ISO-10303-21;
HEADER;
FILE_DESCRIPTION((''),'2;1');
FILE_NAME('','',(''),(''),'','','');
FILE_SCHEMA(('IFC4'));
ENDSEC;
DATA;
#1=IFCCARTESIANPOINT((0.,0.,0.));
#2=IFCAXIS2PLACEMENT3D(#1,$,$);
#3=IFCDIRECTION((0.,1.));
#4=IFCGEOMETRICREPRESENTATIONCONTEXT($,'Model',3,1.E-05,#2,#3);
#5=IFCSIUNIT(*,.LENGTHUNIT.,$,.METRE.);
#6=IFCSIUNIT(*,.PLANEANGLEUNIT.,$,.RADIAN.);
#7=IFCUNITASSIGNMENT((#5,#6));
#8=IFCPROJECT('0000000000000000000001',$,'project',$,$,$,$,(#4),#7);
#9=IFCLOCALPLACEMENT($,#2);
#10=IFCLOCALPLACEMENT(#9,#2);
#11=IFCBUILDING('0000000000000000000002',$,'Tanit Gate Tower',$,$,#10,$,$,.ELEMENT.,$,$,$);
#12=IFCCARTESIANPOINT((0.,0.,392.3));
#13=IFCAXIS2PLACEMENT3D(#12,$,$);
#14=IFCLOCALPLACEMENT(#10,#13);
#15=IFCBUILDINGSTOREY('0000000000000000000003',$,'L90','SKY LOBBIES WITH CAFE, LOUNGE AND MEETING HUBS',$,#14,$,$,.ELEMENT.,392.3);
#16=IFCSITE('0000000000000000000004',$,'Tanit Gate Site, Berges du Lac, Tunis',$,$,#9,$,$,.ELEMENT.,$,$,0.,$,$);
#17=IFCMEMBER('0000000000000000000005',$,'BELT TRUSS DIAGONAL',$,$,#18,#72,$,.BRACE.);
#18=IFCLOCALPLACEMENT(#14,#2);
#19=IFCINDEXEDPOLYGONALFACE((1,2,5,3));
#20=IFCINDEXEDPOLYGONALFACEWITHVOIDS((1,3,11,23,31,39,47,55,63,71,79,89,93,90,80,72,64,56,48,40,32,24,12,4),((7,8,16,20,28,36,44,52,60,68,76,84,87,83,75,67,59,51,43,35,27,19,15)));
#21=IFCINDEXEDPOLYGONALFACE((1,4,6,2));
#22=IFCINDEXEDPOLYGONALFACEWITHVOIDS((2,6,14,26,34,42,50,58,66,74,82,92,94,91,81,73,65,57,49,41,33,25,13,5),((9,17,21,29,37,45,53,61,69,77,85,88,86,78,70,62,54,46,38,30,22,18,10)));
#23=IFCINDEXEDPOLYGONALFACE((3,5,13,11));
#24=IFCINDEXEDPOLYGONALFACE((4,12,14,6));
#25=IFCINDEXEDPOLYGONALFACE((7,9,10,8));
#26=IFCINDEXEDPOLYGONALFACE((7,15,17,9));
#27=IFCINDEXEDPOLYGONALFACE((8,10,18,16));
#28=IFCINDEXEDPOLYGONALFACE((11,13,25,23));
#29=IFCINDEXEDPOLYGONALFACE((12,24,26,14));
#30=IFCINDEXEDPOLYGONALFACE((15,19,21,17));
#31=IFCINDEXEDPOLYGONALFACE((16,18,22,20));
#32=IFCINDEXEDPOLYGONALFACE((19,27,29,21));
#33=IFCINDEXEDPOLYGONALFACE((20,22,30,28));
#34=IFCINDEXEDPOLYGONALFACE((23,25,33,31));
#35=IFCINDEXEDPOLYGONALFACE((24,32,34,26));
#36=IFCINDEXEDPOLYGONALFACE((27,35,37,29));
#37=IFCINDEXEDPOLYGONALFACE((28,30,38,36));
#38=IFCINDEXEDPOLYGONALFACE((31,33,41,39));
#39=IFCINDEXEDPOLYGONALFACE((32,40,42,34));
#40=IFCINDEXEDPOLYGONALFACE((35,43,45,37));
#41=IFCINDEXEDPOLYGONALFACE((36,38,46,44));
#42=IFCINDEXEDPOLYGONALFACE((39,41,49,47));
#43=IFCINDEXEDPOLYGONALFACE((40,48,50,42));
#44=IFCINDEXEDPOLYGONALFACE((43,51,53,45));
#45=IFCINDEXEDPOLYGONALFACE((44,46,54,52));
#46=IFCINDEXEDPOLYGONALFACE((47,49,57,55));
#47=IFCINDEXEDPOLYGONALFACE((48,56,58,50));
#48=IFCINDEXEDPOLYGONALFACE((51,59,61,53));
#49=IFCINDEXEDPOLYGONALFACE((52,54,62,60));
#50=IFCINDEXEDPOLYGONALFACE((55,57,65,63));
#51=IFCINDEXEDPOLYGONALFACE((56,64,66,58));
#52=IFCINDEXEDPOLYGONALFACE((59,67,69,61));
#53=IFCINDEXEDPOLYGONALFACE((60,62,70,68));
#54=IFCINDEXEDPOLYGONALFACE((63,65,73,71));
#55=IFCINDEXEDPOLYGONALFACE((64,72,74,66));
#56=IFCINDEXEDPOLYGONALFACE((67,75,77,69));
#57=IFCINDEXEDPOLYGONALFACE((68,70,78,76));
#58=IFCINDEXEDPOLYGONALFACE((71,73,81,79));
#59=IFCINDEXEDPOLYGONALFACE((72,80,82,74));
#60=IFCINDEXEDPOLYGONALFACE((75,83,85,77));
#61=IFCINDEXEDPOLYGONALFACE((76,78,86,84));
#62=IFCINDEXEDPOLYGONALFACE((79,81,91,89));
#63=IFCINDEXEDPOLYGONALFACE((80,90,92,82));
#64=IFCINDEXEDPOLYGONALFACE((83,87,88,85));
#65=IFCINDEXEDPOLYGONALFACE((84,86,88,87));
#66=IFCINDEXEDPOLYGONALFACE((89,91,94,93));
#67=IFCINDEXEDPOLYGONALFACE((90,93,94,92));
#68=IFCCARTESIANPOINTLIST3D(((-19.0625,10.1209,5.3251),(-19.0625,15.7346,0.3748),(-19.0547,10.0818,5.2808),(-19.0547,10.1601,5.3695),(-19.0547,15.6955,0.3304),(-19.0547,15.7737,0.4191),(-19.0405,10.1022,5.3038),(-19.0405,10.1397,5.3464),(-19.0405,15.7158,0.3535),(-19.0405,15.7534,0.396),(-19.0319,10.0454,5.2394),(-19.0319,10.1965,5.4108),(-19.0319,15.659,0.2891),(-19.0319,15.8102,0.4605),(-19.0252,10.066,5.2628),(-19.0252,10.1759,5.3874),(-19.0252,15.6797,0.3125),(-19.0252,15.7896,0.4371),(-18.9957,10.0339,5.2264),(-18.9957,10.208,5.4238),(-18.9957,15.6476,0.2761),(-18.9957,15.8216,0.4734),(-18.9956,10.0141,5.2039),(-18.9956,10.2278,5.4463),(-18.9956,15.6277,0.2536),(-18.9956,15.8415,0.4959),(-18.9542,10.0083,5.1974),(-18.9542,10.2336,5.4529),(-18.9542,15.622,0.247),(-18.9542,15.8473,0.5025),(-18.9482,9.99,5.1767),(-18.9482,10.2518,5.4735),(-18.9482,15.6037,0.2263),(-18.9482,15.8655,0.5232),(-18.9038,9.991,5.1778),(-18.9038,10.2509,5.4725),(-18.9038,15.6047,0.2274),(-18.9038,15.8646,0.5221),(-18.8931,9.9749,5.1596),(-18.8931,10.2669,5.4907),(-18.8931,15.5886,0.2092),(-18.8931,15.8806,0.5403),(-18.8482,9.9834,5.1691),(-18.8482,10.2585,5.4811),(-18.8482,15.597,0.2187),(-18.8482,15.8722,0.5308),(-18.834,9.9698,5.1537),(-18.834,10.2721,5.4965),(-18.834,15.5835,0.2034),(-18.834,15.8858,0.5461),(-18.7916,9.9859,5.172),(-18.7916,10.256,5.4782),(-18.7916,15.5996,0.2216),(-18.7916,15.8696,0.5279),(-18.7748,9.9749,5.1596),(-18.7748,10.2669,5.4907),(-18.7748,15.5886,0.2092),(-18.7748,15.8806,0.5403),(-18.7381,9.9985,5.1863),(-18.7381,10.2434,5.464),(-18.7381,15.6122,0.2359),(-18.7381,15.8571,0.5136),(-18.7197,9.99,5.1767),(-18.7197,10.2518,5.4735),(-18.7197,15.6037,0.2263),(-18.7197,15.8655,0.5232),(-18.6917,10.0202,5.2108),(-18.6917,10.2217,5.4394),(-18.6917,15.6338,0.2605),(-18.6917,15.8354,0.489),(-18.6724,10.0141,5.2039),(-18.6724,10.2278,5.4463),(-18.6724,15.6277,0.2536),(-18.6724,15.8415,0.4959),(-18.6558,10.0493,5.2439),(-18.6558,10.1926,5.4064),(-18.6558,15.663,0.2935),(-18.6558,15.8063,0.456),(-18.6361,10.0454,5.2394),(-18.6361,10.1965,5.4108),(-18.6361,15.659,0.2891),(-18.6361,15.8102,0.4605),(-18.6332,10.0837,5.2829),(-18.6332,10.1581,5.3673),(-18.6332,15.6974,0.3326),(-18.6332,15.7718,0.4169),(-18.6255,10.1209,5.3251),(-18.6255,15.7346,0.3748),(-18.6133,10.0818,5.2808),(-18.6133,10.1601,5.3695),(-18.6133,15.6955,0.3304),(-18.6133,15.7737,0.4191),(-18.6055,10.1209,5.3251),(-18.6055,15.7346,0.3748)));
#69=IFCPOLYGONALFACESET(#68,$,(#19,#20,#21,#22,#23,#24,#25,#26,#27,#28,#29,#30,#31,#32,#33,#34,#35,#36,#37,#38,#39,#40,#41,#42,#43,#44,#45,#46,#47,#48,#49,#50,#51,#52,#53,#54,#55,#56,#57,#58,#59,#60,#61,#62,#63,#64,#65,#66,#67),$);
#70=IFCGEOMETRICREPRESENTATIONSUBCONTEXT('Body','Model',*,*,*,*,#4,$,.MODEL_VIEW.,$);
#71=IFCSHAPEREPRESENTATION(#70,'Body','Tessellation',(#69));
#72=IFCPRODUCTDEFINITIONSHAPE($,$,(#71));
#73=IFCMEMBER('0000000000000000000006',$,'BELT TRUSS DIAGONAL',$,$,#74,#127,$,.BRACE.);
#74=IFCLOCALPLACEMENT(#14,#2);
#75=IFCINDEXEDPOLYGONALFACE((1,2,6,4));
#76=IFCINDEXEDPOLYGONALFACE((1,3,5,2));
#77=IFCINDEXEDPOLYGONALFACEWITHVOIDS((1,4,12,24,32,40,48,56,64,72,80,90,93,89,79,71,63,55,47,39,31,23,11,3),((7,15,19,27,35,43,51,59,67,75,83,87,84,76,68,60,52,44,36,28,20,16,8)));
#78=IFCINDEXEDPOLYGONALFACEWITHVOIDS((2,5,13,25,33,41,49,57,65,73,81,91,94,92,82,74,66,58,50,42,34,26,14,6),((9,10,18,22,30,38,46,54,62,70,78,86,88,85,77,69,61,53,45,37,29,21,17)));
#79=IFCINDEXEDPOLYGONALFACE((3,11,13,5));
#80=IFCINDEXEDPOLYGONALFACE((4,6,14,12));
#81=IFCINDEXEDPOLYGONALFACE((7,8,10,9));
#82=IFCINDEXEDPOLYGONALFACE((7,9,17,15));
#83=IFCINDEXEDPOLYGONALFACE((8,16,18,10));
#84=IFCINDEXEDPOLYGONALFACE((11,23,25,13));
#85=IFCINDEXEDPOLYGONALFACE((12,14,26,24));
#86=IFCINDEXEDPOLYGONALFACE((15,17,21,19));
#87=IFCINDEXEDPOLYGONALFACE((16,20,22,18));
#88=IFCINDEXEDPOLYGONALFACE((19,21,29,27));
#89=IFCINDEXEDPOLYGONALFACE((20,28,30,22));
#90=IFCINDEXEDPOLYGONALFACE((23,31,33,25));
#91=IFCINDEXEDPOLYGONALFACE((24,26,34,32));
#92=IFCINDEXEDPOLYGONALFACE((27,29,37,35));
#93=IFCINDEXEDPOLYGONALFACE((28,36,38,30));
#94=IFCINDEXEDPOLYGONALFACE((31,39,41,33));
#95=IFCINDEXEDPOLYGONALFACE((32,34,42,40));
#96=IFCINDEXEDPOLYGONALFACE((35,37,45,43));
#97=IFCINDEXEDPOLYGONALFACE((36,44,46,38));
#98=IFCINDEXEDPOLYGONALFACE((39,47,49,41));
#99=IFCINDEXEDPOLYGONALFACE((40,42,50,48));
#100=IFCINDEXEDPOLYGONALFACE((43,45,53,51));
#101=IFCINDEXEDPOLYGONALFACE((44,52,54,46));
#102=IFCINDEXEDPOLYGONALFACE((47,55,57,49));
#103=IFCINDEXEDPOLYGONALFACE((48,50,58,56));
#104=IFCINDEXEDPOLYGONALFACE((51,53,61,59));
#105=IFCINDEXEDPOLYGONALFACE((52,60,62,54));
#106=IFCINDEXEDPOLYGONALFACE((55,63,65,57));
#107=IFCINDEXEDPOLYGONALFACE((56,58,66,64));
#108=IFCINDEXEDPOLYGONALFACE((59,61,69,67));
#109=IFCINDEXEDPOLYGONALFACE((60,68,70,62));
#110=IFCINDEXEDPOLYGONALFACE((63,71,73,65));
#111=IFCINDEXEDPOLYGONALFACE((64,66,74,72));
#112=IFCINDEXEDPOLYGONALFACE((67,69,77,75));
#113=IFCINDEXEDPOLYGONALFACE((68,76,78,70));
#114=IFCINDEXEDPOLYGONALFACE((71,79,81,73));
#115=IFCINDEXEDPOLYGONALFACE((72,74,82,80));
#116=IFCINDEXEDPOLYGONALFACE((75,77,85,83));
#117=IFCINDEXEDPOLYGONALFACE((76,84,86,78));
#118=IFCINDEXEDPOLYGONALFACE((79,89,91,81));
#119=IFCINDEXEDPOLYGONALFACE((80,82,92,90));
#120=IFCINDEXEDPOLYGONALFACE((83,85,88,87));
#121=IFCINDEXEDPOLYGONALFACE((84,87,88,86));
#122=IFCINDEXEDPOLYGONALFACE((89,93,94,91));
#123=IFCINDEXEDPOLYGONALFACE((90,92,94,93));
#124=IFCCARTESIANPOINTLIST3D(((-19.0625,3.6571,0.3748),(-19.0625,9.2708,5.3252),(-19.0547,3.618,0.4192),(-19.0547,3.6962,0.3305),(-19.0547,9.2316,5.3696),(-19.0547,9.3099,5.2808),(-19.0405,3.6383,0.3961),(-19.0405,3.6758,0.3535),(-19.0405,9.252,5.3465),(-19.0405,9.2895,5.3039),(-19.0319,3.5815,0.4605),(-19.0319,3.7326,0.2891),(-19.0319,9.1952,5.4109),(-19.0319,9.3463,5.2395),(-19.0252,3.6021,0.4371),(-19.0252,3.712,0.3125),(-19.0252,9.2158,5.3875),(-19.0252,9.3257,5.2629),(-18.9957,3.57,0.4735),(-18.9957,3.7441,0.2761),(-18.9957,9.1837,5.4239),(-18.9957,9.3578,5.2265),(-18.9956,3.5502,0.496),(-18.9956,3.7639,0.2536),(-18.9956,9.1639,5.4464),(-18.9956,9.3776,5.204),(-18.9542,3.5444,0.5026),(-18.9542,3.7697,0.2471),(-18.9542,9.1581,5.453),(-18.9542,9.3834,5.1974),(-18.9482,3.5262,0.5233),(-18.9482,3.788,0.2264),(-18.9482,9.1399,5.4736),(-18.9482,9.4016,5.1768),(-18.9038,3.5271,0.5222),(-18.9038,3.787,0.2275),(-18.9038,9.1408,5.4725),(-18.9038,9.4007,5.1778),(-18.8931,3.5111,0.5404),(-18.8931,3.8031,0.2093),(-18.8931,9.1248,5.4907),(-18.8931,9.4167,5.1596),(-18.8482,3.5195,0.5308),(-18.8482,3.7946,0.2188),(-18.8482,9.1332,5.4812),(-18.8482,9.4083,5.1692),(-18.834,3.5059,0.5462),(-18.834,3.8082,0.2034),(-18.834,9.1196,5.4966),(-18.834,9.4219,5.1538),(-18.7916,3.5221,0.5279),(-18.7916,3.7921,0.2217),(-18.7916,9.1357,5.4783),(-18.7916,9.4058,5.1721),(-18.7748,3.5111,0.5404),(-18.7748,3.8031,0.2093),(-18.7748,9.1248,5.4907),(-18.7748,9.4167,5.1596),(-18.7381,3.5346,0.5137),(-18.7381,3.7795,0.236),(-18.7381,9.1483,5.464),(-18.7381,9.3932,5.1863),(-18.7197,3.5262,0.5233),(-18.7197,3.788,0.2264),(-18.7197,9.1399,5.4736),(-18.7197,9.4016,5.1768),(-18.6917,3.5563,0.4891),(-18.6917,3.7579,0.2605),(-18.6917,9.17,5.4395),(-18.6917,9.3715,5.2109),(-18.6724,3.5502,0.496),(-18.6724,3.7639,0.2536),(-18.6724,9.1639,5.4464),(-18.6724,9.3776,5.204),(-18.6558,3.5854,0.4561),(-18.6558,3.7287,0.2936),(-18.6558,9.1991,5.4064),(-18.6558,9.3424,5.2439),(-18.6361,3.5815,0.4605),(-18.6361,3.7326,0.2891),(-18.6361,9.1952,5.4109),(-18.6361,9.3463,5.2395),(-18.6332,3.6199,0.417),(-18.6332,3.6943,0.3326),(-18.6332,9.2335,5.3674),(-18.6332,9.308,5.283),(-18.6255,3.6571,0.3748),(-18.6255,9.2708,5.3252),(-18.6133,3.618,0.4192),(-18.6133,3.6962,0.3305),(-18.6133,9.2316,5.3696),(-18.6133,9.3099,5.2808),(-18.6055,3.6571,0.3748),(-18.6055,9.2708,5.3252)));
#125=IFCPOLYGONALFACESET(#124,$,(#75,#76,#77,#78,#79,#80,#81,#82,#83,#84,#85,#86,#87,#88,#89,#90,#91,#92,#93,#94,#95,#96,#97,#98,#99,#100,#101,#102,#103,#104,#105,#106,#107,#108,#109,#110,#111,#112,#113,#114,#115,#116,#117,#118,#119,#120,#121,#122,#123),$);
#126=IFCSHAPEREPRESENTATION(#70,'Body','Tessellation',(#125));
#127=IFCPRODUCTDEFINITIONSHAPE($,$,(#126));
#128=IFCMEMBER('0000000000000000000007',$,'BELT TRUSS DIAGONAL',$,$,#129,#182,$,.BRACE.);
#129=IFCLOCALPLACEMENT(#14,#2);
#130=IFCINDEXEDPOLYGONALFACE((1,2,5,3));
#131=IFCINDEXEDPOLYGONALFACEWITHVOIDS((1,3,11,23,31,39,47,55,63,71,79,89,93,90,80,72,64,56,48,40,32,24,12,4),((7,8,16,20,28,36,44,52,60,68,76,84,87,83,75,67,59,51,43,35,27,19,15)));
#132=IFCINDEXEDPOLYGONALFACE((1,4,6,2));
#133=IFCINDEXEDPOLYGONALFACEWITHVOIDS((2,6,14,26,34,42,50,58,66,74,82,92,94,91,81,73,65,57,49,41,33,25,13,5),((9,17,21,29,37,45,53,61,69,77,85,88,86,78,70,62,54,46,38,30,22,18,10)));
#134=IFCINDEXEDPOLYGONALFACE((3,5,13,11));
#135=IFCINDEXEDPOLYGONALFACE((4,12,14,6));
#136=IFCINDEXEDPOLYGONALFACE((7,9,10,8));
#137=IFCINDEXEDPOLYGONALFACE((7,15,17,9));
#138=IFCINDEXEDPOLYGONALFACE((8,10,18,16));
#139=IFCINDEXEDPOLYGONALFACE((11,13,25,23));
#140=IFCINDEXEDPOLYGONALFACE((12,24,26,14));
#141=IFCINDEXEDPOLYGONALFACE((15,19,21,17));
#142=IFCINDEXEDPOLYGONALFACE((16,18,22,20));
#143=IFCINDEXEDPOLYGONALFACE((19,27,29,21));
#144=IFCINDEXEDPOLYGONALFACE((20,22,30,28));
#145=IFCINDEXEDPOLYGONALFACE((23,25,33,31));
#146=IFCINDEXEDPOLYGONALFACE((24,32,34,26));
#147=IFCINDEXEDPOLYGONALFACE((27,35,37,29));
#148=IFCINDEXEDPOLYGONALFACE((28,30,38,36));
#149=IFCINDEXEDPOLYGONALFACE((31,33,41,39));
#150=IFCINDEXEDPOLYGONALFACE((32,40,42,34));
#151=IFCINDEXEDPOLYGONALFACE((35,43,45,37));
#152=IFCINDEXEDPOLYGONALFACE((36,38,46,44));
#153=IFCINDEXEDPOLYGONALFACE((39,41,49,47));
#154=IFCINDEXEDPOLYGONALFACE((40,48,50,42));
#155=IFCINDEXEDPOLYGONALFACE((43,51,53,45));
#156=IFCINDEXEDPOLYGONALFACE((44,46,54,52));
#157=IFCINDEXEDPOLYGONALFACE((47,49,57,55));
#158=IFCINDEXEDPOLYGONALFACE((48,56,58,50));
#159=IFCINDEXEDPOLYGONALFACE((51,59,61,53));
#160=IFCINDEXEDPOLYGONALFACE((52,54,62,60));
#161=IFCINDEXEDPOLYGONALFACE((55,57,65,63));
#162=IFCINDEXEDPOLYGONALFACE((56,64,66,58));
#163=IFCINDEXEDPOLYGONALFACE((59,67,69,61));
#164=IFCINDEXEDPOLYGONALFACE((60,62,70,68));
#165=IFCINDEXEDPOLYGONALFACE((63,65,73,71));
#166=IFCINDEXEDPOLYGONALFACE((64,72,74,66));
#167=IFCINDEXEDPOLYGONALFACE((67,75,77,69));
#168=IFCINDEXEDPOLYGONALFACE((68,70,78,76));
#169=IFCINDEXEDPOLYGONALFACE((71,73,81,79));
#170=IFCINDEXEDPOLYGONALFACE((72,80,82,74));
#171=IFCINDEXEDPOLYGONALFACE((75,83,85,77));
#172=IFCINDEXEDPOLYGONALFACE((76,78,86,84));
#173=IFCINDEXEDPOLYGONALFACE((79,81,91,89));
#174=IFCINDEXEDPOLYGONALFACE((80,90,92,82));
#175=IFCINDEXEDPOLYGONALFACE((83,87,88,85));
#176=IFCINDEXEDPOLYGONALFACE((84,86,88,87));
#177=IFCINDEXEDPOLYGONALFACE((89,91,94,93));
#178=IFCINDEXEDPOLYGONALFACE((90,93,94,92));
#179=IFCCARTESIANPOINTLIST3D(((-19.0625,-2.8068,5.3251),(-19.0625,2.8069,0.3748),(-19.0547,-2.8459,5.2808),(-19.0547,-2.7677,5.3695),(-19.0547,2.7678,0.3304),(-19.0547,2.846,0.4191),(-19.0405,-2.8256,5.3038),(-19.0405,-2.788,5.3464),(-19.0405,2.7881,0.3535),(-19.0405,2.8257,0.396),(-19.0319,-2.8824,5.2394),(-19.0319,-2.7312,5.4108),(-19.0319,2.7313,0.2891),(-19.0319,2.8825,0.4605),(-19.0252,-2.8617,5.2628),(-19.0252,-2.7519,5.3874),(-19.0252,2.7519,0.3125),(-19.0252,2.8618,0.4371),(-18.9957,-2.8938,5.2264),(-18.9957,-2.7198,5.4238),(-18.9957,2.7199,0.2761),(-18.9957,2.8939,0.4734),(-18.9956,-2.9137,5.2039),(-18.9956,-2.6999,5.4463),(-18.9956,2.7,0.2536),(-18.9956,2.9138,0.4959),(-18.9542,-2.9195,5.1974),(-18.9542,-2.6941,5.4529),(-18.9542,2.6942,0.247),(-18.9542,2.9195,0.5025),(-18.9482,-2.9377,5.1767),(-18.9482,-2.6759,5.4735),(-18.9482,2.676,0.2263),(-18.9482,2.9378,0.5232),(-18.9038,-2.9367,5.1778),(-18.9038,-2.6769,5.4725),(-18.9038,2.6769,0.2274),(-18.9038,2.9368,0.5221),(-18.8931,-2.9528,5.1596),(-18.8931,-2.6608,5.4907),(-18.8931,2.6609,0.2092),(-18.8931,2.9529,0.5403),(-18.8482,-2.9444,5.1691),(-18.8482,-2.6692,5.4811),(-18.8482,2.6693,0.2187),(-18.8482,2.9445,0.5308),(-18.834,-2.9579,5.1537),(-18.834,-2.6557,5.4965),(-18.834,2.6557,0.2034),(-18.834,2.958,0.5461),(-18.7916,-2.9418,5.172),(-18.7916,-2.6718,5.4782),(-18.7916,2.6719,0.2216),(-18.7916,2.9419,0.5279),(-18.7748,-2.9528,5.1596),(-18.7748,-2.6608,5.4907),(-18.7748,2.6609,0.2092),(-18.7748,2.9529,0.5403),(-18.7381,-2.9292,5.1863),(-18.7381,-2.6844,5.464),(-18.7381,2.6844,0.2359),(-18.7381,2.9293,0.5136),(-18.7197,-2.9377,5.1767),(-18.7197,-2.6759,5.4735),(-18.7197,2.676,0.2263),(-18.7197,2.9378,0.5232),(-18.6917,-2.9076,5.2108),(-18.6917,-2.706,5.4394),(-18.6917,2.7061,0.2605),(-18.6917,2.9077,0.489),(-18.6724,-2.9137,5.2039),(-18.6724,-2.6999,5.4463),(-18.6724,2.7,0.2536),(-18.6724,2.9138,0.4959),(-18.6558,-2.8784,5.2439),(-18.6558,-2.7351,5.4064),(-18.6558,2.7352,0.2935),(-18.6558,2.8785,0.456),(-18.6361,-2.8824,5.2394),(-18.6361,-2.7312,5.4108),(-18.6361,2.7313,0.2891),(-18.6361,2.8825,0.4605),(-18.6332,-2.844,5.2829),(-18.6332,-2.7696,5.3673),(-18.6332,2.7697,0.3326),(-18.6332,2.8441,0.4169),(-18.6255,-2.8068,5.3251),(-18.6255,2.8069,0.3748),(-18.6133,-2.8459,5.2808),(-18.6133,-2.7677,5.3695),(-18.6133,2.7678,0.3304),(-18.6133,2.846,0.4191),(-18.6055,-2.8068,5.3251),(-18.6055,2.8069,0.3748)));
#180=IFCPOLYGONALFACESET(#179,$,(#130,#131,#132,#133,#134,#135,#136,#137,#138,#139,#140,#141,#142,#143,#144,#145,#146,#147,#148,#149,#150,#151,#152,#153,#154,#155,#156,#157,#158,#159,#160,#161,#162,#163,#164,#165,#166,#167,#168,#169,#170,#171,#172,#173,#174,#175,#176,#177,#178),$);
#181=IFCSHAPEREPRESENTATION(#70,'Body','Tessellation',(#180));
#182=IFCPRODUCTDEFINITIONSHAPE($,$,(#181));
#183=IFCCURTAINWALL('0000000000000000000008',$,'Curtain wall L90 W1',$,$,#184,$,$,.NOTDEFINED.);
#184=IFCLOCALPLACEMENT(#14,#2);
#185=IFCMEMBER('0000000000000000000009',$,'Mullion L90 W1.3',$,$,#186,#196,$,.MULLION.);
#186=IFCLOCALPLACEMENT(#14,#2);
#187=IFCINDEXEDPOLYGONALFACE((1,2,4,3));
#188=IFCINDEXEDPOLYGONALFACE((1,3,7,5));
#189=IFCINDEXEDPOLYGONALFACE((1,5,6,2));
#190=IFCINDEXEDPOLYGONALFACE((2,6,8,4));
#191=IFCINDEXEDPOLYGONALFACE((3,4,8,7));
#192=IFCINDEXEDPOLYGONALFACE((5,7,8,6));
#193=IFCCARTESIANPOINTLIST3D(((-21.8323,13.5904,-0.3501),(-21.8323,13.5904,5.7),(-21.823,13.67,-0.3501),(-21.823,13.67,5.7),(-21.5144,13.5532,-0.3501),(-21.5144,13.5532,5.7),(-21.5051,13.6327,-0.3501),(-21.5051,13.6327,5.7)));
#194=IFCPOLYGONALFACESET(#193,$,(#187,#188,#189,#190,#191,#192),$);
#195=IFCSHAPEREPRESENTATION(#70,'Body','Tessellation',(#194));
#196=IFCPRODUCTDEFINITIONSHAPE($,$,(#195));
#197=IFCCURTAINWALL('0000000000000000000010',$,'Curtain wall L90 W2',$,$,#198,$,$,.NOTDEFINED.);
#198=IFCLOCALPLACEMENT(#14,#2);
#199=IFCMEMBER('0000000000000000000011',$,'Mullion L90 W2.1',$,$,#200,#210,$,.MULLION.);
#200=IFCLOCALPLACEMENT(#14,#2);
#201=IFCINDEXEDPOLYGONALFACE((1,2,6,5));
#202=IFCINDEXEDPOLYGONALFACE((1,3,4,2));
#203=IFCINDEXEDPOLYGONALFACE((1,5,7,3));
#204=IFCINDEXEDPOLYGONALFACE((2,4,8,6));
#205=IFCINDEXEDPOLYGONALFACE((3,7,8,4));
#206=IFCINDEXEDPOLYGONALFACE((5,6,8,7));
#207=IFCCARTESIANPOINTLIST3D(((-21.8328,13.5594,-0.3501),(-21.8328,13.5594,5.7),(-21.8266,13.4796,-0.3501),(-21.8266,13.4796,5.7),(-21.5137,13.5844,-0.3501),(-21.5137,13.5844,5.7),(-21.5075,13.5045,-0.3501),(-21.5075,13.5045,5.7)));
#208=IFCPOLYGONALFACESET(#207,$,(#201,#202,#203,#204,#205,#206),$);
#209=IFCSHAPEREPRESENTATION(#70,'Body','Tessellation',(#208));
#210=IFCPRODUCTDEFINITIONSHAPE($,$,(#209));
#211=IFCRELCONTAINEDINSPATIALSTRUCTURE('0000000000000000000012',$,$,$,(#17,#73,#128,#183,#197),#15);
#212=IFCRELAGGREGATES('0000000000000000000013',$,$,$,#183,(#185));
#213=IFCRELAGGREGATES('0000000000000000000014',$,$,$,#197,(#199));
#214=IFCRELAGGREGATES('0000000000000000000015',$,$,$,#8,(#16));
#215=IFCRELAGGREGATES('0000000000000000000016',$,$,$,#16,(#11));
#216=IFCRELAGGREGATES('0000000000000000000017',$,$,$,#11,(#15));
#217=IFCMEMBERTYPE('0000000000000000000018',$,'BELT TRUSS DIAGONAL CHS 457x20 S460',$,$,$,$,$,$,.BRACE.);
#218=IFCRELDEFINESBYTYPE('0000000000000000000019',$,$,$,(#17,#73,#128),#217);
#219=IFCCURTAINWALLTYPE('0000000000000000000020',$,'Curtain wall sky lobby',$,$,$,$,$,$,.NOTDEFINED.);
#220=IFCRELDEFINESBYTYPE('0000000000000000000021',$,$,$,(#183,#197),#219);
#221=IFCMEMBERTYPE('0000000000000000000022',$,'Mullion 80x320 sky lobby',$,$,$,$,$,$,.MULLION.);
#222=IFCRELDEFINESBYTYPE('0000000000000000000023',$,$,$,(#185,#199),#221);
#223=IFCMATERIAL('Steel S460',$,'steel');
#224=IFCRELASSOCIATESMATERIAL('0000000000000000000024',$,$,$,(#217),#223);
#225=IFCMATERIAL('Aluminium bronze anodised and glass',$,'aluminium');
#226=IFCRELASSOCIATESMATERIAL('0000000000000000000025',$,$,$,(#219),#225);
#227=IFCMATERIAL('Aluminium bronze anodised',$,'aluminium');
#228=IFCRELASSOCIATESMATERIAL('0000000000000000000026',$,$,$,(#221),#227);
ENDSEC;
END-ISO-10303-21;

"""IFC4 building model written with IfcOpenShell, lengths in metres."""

from ifc_helpers import new_model, si_unit, direction, frame, origin, origin_2d, place, context, subcontext, project, spatial, rectangle, hollow_circle, extrude, material, material_profile, profile_set, type_object, element, aggregate, save


model = new_model("IFC4")

# Units and contexts
model_context = context("Model", 3, precision=1e-05, world=origin(), true_north=direction((0.0, 1.0)))
body_context = subcontext(model_context, "Body", "Model", "MODEL_VIEW")
ifc_project = project(units=[si_unit("LENGTHUNIT", "METRE"), si_unit("PLANEANGLEUNIT", "RADIAN")], contexts=[model_context])

# Site, building, storey
site_placement = place(None, origin())
site = spatial("IfcSite", under=ifc_project, at=site_placement, Name="Tanit Gate Site, Berges du Lac, Tunis", CompositionType="ELEMENT", RefElevation=0.0)
building_placement = place(site_placement, origin())
building = spatial("IfcBuilding", under=site, at=building_placement, Name="Tanit Gate Tower", CompositionType="ELEMENT")
storey_placement = place(building_placement, frame((0.0, 0.0, 392.3)))
storey = spatial("IfcBuildingStorey", under=building, at=storey_placement, Name="L90", Description="SKY LOBBIES WITH CAFE, LOUNGE AND MEETING HUBS", CompositionType="ELEMENT", Elevation=392.3)

# Members
ifc_material_1 = material(Name="Steel S460", Category="steel")
ifc_material_profile_1 = material_profile(ifc_material_1, hollow_circle(Radius=0.2285, WallThickness=0.02, at=origin_2d()), Name="CHS 457x20")
ifc_profile_set_1 = profile_set([ifc_material_profile_1], Name="Steel S460")
member_type_1 = type_object("IfcMemberType", Name="BELT TRUSS DIAGONAL CHS 457x20 S460", PredefinedType="BRACE", material=ifc_profile_set_1)
for number, where, z_axis, x_axis, name in (
    (1, (-18.834, 15.7346, 0.3748), (0.0, -0.750029, 0.661405), (1.0, 0.0, 0.0), "BELT TRUSS DIAGONAL"),
    (2, (-18.834, 9.2708, 5.3252), (0.0, -0.750029, -0.661405), (1.0, 0.0, 0.0), "BELT TRUSS DIAGONAL"),
    (3, (-18.834, 2.8069, 0.3748), (0.0, -0.750029, 0.661405), (1.0, 0.0, 0.0), "BELT TRUSS DIAGONAL"),
):
    element("IfcMember", number, at=place(storey_placement, frame(where, z_axis=z_axis, x_axis=x_axis)), inside=storey, type_object=member_type_1, Name=name, PredefinedType="BRACE", context=body_context, shape_type="SweptSolid", body=[
        extrude(hollow_circle(Radius=0.2285, WallThickness=0.02, at=origin_2d()), origin(), (0.0, 0.0, 1.0), 7.4846),
    ])

# Curtain wall, member
ifc_material_2 = material(Name="Aluminium bronze anodised and glass", Category="aluminium")
curtain_wall_type = type_object("IfcCurtainWallType", Name="Curtain wall sky lobby", PredefinedType="NOTDEFINED", material=ifc_material_2)
curtain_wall_1_placement = place(storey_placement, origin())
curtain_wall_1 = element("IfcCurtainWall", 4, at=curtain_wall_1_placement, inside=storey, type_object=curtain_wall_type, Name="Curtain wall L90 W1", PredefinedType="NOTDEFINED")
ifc_material_3 = material(Name="Aluminium bronze anodised", Category="aluminium")
ifc_material_profile_2 = material_profile(ifc_material_3, rectangle(XDim=0.3201, YDim=0.0801, at=origin_2d()), Name="80x320 bronze mullion")
ifc_profile_set_2 = profile_set([ifc_material_profile_2], Name="Aluminium bronze anodised")
member_type_2 = type_object("IfcMemberType", Name="Mullion 80x320 sky lobby", PredefinedType="MULLION", material=ifc_profile_set_2)
member_1_placement = place(storey_placement, frame((-21.6687, 13.6116, -0.3501), z_axis=(0.0, 0.0, 1.0), x_axis=(0.993212, -0.116318, 0.0)))
member_1 = element("IfcMember", 5, at=member_1_placement, type_object=member_type_2, Name="Mullion L90 W1.3", PredefinedType="MULLION", context=body_context, shape_type="SweptSolid", body=[
    extrude(rectangle(XDim=0.3201, YDim=0.0801, at=origin_2d()), origin(), (0.0, 0.0, 1.0), 6.05),
])

# Curtain wall, member
curtain_wall_2_placement = place(storey_placement, origin())
curtain_wall_2 = element("IfcCurtainWall", 6, at=curtain_wall_2_placement, inside=storey, type_object=curtain_wall_type, Name="Curtain wall L90 W2", PredefinedType="NOTDEFINED")
member_2_placement = place(storey_placement, frame((-21.6702, 13.532, -0.3501), z_axis=(0.0, 0.0, 1.0), x_axis=(0.996966, 0.077839, 0.0)))
member_2 = element("IfcMember", 7, at=member_2_placement, type_object=member_type_2, Name="Mullion L90 W2.1", PredefinedType="MULLION", context=body_context, shape_type="SweptSolid", body=[
    extrude(rectangle(XDim=0.3201, YDim=0.0801, at=origin_2d()), origin(), (0.0, 0.0, 1.0), 6.05),
])

aggregate(curtain_wall_1, [member_1])
aggregate(curtain_wall_2, [member_2])

save(model, "model.ifc")
